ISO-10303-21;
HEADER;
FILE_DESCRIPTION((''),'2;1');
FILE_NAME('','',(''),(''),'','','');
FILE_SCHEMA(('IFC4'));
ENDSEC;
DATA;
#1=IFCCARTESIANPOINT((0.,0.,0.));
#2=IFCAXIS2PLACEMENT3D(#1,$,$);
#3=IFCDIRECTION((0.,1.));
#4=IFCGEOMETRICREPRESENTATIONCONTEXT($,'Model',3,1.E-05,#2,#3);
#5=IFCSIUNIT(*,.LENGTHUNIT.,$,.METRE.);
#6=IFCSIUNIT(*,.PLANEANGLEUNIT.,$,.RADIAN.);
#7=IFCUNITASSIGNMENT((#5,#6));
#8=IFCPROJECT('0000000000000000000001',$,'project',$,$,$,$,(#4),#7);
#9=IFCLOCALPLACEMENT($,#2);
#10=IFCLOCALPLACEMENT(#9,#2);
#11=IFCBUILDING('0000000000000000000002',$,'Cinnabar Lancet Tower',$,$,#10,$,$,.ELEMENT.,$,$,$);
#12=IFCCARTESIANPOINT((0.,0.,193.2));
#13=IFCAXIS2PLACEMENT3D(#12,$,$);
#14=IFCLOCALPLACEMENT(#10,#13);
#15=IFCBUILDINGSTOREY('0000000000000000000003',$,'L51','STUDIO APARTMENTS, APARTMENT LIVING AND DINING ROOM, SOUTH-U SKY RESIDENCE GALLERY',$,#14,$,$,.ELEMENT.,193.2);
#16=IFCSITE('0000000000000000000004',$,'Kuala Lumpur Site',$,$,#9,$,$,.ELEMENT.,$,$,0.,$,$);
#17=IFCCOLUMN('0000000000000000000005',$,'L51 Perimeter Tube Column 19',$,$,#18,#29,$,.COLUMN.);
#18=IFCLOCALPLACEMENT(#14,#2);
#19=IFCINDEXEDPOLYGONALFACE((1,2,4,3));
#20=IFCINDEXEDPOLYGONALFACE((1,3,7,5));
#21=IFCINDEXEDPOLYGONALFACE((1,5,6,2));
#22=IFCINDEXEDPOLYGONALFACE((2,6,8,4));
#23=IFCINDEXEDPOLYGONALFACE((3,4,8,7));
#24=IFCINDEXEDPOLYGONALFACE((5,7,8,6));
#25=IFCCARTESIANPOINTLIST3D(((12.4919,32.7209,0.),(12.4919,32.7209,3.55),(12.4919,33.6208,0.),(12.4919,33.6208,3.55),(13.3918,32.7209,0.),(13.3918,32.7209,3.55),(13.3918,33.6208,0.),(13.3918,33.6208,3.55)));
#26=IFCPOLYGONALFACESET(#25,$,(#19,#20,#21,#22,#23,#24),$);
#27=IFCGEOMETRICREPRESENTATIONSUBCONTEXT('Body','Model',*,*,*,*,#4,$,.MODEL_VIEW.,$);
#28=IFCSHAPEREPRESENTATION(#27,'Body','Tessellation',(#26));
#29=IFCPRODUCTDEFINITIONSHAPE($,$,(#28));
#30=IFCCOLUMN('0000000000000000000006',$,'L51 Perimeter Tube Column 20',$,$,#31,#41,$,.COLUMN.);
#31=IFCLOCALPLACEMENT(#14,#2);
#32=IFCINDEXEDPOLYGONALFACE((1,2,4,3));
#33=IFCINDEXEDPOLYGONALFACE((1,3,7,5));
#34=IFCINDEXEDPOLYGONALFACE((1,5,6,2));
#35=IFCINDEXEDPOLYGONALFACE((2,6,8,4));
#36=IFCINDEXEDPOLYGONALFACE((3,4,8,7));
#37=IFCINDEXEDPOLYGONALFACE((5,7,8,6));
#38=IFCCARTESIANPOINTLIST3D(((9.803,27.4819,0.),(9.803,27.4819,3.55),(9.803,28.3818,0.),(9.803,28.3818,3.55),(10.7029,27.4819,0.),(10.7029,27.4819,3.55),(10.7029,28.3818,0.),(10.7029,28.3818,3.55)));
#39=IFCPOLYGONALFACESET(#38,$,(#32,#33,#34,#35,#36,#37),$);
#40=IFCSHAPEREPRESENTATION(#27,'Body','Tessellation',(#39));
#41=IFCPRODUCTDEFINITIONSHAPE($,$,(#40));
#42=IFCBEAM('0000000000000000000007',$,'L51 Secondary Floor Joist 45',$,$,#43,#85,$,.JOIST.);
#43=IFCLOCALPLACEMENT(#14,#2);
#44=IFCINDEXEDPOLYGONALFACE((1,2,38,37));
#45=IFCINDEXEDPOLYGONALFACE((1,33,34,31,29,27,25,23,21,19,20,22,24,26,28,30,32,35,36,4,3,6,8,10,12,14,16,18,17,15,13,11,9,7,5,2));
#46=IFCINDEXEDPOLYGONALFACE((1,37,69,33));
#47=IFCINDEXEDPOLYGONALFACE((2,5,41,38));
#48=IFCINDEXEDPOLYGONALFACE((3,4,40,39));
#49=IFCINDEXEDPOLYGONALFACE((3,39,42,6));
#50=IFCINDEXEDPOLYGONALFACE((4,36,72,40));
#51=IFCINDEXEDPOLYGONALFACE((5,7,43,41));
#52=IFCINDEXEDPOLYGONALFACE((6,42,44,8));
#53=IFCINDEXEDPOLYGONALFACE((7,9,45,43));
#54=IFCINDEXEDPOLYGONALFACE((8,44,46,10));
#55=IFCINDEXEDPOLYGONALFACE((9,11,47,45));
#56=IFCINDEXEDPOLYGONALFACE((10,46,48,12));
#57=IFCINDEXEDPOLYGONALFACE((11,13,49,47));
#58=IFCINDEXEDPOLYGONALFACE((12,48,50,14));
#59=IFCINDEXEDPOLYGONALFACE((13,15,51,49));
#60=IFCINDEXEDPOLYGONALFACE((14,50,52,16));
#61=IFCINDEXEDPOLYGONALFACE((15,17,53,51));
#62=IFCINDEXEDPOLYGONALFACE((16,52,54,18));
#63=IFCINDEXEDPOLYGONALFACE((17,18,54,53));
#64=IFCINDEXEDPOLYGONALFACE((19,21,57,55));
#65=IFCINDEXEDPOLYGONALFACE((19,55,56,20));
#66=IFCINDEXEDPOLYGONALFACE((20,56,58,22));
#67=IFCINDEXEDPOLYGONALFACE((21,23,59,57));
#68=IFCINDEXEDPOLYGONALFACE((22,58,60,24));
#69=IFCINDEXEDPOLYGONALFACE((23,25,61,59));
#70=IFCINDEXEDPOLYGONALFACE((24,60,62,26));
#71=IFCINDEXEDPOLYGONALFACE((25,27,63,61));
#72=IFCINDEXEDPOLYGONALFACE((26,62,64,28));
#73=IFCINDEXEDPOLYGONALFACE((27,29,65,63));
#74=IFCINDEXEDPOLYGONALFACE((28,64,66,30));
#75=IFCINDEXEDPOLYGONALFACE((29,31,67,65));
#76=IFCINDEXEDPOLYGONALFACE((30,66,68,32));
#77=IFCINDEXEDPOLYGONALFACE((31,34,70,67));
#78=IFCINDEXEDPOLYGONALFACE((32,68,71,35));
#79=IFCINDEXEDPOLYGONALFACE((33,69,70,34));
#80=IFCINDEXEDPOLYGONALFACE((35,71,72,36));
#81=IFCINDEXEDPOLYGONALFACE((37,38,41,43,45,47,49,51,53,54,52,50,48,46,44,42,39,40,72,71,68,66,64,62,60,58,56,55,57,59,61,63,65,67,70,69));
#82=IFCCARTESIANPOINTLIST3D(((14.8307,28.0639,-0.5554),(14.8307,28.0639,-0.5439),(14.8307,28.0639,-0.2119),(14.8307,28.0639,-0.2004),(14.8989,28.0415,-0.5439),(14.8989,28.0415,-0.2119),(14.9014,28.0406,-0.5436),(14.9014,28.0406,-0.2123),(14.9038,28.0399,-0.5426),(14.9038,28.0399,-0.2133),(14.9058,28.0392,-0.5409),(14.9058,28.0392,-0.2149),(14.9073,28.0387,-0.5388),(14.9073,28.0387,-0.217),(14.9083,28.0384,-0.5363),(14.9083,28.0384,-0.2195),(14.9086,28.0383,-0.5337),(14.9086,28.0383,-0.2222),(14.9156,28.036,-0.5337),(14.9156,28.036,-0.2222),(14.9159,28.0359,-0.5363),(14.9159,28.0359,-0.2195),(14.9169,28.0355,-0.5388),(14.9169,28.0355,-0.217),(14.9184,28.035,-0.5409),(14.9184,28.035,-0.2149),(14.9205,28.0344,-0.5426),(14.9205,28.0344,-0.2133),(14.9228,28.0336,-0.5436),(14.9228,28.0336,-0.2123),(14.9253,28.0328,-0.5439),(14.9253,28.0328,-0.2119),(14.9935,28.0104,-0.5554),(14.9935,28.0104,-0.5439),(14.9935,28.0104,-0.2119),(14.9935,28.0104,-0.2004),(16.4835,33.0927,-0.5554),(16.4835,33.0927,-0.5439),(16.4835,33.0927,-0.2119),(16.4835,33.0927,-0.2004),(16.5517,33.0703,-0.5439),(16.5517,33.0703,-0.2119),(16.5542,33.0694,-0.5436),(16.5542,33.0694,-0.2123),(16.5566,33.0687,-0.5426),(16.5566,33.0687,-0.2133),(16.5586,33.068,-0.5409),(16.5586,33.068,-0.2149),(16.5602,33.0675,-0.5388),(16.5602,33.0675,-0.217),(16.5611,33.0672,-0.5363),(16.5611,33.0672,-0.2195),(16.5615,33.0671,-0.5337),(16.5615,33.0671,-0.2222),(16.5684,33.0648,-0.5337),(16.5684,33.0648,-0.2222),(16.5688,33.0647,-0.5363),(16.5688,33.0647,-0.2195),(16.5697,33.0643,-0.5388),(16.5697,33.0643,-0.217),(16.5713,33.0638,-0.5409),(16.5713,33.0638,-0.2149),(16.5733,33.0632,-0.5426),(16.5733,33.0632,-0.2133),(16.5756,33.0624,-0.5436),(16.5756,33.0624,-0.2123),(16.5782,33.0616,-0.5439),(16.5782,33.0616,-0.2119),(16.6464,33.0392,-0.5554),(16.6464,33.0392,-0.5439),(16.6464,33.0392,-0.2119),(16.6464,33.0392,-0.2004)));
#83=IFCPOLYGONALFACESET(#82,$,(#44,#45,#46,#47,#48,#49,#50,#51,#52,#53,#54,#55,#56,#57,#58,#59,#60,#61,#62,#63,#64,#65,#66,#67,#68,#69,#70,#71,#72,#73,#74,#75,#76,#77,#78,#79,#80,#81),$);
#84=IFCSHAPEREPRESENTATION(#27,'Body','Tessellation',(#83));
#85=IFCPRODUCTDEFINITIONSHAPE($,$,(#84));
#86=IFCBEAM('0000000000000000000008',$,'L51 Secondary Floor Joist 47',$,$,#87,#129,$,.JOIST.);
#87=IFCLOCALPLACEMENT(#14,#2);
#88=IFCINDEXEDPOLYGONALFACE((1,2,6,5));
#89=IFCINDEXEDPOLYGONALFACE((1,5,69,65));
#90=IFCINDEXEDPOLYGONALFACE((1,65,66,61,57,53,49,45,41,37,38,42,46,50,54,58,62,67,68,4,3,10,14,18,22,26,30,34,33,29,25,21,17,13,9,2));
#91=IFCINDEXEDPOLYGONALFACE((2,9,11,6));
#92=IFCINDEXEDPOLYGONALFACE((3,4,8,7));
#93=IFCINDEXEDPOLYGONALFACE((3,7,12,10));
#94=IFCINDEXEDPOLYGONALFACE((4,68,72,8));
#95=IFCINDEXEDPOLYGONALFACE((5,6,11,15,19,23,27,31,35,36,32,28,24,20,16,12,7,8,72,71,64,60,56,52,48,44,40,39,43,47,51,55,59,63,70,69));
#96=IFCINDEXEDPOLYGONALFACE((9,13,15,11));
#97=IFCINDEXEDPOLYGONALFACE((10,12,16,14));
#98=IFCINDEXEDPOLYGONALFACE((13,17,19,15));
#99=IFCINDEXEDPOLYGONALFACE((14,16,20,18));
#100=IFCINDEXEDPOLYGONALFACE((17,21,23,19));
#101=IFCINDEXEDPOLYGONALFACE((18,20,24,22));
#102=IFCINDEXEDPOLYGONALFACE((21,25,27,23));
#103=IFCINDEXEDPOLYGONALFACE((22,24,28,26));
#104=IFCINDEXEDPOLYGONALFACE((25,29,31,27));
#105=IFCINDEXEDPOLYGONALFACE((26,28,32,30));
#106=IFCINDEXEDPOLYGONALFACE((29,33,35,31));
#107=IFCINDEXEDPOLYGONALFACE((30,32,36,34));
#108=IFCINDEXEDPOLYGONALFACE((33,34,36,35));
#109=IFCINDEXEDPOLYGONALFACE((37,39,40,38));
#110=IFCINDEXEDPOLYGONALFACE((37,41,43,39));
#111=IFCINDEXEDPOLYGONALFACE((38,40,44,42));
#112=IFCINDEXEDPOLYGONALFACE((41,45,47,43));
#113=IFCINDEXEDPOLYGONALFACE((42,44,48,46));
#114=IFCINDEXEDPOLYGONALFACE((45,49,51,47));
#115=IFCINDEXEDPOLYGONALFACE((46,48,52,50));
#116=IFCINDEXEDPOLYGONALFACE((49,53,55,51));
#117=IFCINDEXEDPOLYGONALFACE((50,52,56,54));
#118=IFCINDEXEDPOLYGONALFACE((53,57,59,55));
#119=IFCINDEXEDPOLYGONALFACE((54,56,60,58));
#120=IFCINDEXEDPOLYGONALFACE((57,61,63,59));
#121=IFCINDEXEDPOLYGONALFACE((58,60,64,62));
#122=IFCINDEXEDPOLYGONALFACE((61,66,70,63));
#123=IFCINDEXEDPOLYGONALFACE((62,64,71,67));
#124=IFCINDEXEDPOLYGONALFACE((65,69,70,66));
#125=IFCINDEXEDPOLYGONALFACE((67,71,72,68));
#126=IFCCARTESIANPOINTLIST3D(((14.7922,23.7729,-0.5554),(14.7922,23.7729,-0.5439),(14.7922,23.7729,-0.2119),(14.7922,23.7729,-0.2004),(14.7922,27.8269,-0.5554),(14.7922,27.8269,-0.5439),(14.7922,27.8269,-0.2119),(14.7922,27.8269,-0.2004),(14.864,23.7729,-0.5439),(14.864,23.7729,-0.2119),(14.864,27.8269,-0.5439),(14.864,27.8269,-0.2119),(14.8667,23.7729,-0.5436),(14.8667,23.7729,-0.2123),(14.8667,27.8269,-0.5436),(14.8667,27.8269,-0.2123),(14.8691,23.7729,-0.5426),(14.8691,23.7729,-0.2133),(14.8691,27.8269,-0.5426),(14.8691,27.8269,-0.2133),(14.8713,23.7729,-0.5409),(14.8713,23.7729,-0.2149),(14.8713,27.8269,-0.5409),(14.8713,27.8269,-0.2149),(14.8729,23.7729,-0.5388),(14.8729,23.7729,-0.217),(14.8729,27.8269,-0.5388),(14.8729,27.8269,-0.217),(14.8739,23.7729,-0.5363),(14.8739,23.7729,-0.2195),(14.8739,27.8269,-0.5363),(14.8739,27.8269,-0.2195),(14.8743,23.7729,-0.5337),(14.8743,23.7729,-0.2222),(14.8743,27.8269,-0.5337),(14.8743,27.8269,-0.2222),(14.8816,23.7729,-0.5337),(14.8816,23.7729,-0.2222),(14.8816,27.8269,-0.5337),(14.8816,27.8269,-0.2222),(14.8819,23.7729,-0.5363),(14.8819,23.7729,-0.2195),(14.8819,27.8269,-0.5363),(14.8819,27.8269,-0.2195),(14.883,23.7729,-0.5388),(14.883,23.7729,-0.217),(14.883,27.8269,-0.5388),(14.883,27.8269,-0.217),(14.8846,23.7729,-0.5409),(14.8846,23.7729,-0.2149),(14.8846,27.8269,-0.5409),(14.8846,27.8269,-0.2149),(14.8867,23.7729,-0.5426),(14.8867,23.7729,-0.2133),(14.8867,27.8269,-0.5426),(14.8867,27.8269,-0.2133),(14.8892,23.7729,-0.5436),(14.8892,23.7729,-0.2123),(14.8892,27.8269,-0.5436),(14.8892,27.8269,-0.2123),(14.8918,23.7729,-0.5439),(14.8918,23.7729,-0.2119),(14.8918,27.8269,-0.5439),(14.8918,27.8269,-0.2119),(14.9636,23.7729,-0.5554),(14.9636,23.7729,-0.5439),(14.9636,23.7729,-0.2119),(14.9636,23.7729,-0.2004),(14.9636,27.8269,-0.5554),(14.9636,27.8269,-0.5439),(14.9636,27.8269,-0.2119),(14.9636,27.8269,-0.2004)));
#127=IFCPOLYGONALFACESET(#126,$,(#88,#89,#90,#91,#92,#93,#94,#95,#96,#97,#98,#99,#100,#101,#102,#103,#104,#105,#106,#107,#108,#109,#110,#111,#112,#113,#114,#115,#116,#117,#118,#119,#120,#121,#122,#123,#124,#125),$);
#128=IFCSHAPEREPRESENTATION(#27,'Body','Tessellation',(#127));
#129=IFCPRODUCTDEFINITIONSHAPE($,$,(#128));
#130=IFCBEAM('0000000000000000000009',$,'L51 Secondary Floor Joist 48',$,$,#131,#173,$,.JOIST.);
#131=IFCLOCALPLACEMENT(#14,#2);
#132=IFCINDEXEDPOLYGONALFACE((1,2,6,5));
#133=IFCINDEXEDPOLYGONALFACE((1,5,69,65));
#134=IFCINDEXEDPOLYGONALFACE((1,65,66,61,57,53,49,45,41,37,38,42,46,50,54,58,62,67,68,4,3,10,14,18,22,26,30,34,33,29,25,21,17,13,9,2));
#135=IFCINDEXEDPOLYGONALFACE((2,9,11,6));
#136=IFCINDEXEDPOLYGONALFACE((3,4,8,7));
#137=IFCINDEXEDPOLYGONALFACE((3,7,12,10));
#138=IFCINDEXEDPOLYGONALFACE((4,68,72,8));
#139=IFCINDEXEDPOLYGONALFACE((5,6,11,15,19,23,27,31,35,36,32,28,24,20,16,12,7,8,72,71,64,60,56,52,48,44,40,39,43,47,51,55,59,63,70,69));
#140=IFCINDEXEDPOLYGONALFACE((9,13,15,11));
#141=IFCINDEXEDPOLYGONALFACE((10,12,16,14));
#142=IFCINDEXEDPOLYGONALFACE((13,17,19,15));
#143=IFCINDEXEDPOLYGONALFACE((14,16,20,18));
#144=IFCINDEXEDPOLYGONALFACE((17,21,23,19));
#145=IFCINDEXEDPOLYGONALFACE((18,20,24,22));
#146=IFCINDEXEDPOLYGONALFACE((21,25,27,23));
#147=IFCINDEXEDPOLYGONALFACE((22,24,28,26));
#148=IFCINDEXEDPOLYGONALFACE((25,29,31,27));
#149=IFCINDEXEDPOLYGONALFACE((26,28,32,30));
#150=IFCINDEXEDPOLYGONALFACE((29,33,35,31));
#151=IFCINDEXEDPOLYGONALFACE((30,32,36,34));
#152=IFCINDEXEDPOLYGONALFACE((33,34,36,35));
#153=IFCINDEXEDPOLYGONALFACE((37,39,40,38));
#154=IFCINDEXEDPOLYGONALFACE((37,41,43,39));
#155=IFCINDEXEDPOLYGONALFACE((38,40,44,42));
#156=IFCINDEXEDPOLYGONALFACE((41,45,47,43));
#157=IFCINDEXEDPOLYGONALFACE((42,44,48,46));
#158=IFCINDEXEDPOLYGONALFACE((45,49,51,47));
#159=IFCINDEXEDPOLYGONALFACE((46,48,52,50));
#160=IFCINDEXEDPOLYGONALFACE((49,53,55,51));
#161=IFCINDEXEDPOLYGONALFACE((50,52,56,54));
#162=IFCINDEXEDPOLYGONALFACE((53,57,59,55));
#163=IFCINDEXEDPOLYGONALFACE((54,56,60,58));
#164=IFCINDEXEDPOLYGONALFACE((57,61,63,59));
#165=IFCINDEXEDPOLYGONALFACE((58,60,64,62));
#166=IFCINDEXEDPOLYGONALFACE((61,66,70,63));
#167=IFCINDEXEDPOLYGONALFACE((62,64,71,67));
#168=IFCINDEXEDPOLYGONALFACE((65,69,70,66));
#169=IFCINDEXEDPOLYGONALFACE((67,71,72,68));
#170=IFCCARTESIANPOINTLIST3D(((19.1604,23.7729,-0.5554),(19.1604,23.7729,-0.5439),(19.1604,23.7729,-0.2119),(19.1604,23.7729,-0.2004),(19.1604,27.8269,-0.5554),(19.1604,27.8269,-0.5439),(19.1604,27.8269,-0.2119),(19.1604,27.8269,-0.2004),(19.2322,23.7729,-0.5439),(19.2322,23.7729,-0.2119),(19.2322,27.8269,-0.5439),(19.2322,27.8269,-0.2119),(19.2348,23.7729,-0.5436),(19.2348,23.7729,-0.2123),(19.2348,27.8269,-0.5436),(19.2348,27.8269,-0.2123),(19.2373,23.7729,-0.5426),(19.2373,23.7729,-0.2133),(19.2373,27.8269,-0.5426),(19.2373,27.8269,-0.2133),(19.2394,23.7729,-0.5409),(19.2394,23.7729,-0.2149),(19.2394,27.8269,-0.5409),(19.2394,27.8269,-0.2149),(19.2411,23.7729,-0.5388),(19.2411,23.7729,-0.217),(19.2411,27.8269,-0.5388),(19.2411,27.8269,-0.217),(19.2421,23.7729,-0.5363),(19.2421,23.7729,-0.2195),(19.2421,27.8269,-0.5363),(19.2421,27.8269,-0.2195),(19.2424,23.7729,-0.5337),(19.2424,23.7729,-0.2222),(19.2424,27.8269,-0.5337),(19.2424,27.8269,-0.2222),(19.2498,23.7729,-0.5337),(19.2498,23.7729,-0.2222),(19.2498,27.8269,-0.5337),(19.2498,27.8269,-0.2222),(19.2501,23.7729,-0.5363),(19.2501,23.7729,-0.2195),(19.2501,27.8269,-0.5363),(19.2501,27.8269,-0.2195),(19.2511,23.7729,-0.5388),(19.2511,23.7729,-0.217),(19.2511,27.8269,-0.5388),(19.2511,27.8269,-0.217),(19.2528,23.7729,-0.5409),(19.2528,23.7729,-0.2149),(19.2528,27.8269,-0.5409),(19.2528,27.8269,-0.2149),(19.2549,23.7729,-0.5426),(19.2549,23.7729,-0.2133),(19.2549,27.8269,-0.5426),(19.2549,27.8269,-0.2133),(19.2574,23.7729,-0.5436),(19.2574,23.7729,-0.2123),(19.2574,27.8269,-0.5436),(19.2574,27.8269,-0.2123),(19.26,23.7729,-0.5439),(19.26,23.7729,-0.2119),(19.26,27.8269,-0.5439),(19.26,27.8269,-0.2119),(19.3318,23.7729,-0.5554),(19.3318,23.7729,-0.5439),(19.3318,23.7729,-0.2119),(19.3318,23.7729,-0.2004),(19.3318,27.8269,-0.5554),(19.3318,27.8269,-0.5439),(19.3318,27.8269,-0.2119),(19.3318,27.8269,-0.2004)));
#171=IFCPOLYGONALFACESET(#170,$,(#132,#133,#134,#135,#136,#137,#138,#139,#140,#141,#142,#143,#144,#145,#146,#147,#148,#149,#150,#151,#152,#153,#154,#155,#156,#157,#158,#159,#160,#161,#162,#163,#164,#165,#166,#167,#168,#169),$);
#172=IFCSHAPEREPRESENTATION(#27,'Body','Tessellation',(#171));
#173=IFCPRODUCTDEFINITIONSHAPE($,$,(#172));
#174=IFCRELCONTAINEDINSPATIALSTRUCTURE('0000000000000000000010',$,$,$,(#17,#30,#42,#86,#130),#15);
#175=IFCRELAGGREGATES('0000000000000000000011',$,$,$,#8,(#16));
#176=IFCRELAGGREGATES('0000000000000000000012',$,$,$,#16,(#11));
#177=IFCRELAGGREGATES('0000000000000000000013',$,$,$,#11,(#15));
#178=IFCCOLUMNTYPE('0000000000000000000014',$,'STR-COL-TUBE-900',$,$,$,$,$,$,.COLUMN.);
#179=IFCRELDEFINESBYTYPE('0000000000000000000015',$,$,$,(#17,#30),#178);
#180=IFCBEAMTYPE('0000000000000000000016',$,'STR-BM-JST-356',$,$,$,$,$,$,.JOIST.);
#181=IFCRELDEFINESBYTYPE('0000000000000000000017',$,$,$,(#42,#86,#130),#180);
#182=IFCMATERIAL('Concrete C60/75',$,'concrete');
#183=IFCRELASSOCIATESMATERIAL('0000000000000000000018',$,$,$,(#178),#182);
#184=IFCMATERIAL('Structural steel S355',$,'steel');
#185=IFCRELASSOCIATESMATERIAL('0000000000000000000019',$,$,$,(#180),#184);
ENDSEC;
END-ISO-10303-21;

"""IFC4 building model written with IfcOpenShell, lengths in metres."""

from ifc_helpers import new_model, si_unit, direction, frame, origin, origin_2d, place, context, subcontext, project, spatial, rectangle, i_section, extrude, material, material_profile, profile_set, type_object, element, save


model = new_model("IFC4")

# Units and contexts
model_context = context("Model", 3, precision=1e-05, world=origin(), true_north=direction((0.0, 1.0)))
body_context = subcontext(model_context, "Body", "Model", "MODEL_VIEW")
ifc_project = project(units=[si_unit("LENGTHUNIT", "METRE"), si_unit("PLANEANGLEUNIT", "RADIAN")], contexts=[model_context])

# Site, building, storey
site_placement = place(None, origin())
site = spatial("IfcSite", under=ifc_project, at=site_placement, Name="Kuala Lumpur Site", CompositionType="ELEMENT", RefElevation=0.0)
building_placement = place(site_placement, origin())
building = spatial("IfcBuilding", under=site, at=building_placement, Name="Cinnabar Lancet Tower", CompositionType="ELEMENT")
storey_placement = place(building_placement, frame((0.0, 0.0, 193.2)))
storey = spatial("IfcBuildingStorey", under=building, at=storey_placement, Name="L51", Description="STUDIO APARTMENTS, APARTMENT LIVING AND DINING ROOM, SOUTH-U SKY RESIDENCE GALLERY", CompositionType="ELEMENT", Elevation=193.2)

# Columns
ifc_material_1 = material(Name="Concrete C60/75", Category="concrete")
ifc_material_profile_1 = material_profile(ifc_material_1, rectangle(XDim=0.8999, YDim=0.8999, at=origin_2d()), Name="RC-COL 900x900")
ifc_profile_set_1 = profile_set([ifc_material_profile_1], Name="Concrete C60/75")
column_type = type_object("IfcColumnType", Name="STR-COL-TUBE-900", PredefinedType="COLUMN", material=ifc_profile_set_1)
for number, where, z_axis, x_axis, name in (
    (1, (12.9419, 33.1709, 0.0), (0.0, 0.0, 1.0), (1.0, 0.0, 0.0), "L51 Perimeter Tube Column 19"),
    (2, (10.2529, 27.9319, 0.0), (0.0, 0.0, 1.0), (1.0, 0.0, 0.0), "L51 Perimeter Tube Column 20"),
):
    element("IfcColumn", number, at=place(storey_placement, frame(where, z_axis=z_axis, x_axis=x_axis)), inside=storey, type_object=column_type, Name=name, PredefinedType="COLUMN", context=body_context, shape_type="SweptSolid", body=[
        extrude(rectangle(XDim=0.8999, YDim=0.8999, at=origin_2d()), origin(), (0.0, 0.0, 1.0), 3.55),
    ])

# Beams
ifc_material_2 = material(Name="Structural steel S355", Category="steel")
ifc_material_profile_2 = material_profile(ifc_material_2, i_section(OverallWidth=0.1714, OverallDepth=0.355, WebThickness=0.0073, FlangeThickness=0.0115, FilletRadius=0.0103, at=origin_2d()), Name="UKB 356x171x51")
ifc_profile_set_2 = profile_set([ifc_material_profile_2], Name="Structural steel S355")
beam_type_1 = type_object("IfcBeamType", Name="STR-BM-JST-356", PredefinedType="JOIST", material=ifc_profile_set_2)
beam_1_placement = place(storey_placement, frame((16.5649, 33.0659, -0.3779), z_axis=(-0.31224, -0.950003, 0.0), x_axis=(0.950003, -0.31224, 0.0)))
element("IfcBeam", 3, at=beam_1_placement, inside=storey, type_object=beam_type_1, Name="L51 Secondary Floor Joist 45", PredefinedType="JOIST", context=body_context, shape_type="SweptSolid", body=[
    extrude(i_section(OverallWidth=0.1714, OverallDepth=0.355, WebThickness=0.0073, FlangeThickness=0.0115, FilletRadius=0.0103, at=origin_2d()), origin(), (0.0, 0.0, 1.0), 5.2935),
])
for number, where, z_axis, x_axis, name in (
    (4, (14.8779, 27.8269, -0.3779), (0.0, -1.0, 0.0), (1.0, 0.0, 0.0), "L51 Secondary Floor Joist 47"),
    (5, (19.2461, 27.8269, -0.3779), (0.0, -1.0, 0.0), (1.0, 0.0, 0.0), "L51 Secondary Floor Joist 48"),
):
    element("IfcBeam", number, at=place(storey_placement, frame(where, z_axis=z_axis, x_axis=x_axis)), inside=storey, type_object=beam_type_1, Name=name, PredefinedType="JOIST", context=body_context, shape_type="SweptSolid", body=[
        extrude(i_section(OverallWidth=0.1714, OverallDepth=0.355, WebThickness=0.0073, FlangeThickness=0.0115, FilletRadius=0.0103, at=origin_2d()), origin(), (0.0, 0.0, 1.0), 4.054),
    ])

save(model, "model.ifc")
